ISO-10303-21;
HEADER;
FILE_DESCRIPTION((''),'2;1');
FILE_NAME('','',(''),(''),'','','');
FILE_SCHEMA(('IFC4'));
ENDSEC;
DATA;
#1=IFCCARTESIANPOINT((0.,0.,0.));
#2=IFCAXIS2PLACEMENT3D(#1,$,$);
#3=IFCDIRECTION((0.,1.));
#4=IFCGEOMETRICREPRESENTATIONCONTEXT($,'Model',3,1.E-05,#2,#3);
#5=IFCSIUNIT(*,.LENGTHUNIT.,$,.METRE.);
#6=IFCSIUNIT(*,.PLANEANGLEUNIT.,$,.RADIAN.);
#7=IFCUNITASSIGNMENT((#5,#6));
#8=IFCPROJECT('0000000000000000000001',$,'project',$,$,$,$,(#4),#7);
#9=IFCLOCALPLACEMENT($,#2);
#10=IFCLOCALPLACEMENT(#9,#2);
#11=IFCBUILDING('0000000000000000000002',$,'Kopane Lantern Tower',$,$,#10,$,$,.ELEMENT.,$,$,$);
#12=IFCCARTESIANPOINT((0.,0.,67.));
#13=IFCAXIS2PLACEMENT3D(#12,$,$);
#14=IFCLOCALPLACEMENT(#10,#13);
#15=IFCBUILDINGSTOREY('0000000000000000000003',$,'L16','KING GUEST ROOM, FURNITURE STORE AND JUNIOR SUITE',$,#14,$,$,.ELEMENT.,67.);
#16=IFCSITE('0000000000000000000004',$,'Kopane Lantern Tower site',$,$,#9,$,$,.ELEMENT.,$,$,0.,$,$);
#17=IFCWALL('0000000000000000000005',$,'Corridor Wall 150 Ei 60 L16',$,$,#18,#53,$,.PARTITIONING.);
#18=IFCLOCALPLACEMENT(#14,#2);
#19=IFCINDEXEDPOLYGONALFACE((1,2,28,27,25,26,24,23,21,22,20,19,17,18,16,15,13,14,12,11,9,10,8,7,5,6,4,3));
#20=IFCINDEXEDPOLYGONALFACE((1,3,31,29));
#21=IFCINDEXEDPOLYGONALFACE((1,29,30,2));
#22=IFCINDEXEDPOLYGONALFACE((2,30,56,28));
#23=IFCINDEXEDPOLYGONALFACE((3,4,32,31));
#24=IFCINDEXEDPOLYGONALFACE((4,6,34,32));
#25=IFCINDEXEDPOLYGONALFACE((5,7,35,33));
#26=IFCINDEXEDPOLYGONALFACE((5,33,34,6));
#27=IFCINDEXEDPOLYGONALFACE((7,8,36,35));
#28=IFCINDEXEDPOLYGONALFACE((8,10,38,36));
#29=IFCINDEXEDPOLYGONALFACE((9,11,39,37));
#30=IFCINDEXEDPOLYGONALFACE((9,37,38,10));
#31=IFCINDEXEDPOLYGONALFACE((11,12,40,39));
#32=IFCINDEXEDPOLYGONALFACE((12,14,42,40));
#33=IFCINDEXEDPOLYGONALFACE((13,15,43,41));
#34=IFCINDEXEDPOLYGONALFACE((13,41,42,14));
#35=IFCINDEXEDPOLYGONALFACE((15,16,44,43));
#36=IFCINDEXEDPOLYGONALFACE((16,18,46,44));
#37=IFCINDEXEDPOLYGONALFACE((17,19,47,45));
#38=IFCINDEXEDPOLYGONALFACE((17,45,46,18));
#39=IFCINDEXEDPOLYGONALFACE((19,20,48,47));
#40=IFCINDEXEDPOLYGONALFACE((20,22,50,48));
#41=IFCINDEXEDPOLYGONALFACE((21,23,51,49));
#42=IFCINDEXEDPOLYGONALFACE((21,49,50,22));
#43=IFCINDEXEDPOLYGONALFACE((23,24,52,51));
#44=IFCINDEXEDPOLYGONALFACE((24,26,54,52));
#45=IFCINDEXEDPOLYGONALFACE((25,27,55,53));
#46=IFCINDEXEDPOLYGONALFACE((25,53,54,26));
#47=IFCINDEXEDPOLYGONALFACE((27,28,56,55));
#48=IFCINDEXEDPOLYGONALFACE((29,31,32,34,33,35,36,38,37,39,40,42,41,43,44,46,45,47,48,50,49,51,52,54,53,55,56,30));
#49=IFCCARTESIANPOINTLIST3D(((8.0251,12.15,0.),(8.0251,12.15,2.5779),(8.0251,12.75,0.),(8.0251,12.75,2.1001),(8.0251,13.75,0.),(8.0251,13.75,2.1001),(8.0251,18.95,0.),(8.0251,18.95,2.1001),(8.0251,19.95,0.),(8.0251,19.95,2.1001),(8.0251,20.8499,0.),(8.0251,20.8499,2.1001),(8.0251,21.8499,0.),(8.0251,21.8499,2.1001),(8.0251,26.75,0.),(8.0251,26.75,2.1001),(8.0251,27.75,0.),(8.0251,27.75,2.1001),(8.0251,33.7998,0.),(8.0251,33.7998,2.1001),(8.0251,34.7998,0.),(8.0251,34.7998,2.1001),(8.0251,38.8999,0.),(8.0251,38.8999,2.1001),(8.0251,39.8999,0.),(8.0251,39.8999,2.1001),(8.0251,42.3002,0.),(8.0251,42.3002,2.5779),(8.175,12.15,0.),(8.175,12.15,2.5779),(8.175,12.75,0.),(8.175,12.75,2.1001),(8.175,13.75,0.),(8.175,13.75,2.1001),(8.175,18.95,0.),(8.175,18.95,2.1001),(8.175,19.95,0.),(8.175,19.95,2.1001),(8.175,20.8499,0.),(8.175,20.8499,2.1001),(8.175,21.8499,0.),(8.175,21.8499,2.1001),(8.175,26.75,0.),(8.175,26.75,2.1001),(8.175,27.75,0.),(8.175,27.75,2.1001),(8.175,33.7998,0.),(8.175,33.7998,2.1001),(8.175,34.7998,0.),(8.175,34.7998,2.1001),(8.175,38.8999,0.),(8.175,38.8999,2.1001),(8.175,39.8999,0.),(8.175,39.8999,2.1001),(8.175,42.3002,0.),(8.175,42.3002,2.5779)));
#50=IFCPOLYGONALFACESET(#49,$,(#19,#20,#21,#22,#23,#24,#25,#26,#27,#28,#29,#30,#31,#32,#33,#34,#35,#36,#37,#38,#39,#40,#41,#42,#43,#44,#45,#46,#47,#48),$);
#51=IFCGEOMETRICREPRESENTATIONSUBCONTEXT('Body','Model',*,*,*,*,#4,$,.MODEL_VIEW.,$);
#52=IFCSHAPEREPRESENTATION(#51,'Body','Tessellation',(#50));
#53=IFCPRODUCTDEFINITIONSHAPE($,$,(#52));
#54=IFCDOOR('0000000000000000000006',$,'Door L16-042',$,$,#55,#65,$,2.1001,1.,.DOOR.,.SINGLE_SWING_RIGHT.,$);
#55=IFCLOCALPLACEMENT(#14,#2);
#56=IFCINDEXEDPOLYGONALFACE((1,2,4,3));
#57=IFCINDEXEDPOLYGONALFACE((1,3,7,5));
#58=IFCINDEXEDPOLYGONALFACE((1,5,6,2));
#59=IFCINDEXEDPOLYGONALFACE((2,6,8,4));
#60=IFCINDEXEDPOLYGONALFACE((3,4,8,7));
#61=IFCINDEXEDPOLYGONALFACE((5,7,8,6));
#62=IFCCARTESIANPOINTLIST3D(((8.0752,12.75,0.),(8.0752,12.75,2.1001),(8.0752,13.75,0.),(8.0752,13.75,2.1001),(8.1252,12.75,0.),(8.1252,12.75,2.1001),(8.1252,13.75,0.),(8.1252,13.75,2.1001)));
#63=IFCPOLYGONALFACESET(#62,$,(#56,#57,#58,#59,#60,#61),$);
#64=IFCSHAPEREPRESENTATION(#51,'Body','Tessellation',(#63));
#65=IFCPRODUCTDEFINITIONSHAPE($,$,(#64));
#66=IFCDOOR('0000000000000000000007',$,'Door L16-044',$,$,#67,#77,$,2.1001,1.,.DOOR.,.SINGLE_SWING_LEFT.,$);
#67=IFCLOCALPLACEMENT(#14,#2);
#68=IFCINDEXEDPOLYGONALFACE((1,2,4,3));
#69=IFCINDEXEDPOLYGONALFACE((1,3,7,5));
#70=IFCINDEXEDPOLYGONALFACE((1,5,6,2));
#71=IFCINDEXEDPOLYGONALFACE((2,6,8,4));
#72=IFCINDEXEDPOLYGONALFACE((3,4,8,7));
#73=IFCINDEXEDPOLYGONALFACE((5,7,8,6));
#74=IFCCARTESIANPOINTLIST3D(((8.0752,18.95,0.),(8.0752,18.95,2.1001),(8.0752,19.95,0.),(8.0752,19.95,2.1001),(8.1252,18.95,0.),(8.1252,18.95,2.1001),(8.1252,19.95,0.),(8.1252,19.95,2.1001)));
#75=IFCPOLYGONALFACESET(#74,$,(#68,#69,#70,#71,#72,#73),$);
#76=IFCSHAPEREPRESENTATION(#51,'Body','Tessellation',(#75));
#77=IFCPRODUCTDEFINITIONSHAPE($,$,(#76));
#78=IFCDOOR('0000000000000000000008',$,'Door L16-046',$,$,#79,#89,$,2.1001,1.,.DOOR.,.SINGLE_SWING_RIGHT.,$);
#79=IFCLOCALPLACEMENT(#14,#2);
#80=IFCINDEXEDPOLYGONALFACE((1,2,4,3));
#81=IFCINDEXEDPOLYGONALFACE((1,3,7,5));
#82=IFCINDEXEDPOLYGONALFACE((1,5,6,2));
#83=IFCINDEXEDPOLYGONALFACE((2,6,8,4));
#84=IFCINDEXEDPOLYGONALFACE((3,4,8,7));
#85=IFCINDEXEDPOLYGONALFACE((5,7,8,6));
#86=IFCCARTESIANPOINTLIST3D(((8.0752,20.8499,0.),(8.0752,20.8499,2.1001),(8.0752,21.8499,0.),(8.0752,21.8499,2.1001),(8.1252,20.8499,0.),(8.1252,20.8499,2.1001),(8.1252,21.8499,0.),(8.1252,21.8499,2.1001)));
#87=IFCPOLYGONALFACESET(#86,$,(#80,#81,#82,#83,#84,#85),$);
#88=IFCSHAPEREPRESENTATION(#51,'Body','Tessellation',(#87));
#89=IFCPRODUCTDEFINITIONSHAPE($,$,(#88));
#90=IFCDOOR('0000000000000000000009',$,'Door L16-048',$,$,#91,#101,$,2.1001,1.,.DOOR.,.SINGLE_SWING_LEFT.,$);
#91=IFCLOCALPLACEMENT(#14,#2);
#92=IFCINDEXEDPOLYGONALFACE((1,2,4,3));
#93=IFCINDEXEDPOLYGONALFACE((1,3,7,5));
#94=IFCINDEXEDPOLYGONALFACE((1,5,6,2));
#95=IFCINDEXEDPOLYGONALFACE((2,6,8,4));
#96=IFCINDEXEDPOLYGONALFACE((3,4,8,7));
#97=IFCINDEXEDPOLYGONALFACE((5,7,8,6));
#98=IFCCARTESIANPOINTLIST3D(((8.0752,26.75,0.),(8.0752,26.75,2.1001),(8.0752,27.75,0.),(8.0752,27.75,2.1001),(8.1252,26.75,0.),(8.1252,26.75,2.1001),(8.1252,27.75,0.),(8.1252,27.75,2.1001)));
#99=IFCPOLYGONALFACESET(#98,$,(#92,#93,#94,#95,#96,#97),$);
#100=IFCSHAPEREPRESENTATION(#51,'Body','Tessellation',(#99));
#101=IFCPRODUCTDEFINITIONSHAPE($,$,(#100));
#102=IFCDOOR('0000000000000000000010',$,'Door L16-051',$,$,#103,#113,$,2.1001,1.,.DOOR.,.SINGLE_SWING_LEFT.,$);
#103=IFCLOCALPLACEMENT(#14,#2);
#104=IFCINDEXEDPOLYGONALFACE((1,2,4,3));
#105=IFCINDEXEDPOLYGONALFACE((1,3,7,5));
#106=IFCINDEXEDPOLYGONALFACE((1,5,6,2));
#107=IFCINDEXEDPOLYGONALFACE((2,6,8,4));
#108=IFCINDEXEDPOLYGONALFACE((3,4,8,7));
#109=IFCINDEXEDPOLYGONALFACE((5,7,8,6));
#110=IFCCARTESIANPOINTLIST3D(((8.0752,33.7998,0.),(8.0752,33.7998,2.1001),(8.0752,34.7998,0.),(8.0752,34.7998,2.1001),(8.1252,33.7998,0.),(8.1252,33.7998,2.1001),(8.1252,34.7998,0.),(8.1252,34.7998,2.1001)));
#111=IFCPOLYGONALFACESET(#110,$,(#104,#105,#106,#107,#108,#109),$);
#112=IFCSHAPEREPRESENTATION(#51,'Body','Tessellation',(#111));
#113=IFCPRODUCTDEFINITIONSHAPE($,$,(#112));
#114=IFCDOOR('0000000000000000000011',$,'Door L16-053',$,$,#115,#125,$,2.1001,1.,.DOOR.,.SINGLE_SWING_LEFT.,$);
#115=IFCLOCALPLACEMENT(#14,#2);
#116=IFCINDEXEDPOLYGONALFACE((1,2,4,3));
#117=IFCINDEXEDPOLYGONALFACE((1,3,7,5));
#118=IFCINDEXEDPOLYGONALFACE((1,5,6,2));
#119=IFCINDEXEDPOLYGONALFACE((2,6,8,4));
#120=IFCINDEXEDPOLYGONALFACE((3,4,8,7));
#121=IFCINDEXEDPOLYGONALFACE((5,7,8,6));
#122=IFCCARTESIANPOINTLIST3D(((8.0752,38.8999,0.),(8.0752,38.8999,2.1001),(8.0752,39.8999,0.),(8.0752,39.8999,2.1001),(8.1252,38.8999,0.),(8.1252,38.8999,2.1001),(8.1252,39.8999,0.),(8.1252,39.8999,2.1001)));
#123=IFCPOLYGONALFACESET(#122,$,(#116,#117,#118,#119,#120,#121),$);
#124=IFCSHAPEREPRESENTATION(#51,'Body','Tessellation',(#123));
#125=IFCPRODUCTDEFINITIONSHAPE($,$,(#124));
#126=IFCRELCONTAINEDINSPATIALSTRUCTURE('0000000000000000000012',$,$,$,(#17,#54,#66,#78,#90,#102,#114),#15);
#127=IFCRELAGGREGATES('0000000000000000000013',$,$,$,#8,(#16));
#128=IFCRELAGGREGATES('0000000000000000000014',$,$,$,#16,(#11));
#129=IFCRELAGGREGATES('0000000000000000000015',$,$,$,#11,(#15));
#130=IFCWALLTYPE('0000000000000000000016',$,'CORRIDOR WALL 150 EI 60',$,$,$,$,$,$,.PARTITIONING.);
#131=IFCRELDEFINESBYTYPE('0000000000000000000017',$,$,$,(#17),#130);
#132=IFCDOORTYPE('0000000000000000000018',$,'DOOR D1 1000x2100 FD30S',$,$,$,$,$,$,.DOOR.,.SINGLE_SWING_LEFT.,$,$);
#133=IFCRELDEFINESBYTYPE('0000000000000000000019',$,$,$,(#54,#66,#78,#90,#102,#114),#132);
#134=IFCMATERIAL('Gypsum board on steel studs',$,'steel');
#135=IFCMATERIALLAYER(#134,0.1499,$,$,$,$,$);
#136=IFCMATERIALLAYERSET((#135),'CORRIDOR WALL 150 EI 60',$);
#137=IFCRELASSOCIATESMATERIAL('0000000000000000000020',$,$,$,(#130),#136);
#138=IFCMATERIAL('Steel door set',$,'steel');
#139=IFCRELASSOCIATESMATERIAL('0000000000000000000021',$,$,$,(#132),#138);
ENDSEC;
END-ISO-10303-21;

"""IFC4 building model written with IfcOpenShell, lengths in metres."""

from ifc_helpers import new_model, si_unit, direction, frame, frame_2d, origin, place, context, subcontext, project, spatial, rectangle, extrude, material, layer, layer_set, type_object, element, fill, save


model = new_model("IFC4")

# Units and contexts
model_context = context("Model", 3, precision=1e-05, world=origin(), true_north=direction((0.0, 1.0)))
body_context = subcontext(model_context, "Body", "Model", "MODEL_VIEW")
ifc_project = project(units=[si_unit("LENGTHUNIT", "METRE"), si_unit("PLANEANGLEUNIT", "RADIAN")], contexts=[model_context])

# Site, building, storey
site_placement = place(None, origin())
site = spatial("IfcSite", under=ifc_project, at=site_placement, Name="Kopane Lantern Tower site", CompositionType="ELEMENT", RefElevation=0.0)
building_placement = place(site_placement, origin())
building = spatial("IfcBuilding", under=site, at=building_placement, Name="Kopane Lantern Tower", CompositionType="ELEMENT")
storey_placement = place(building_placement, frame((0.0, 0.0, 67.0)))
storey = spatial("IfcBuildingStorey", under=building, at=storey_placement, Name="L16", Description="KING GUEST ROOM, FURNITURE STORE AND JUNIOR SUITE", CompositionType="ELEMENT", Elevation=67.0)

# Wall, openings, doors
ifc_material_1 = material(Name="Gypsum board on steel studs", Category="steel")
ifc_layer_1 = layer(ifc_material_1, 0.1499)
ifc_layer_set_1 = layer_set([ifc_layer_1], Name="CORRIDOR WALL 150 EI 60")
wall_type_1 = type_object("IfcWallType", Name="CORRIDOR WALL 150 EI 60", PredefinedType="PARTITIONING", material=ifc_layer_set_1)
ifc_material_2 = material(Name="Steel door set", Category="steel")
door_type_1 = type_object("IfcDoorType", Name="DOOR D1 1000x2100 FD30S", OperationType="SINGLE_SWING_LEFT", PredefinedType="DOOR", material=ifc_material_2)
wall_1_placement = place(storey_placement, frame((8.1001, 12.1499, 0.0), z_axis=(0.0, 0.0, 1.0), x_axis=(0.0, 1.0, 0.0)))
wall_1 = element("IfcWall", 1, at=wall_1_placement, inside=storey, type_object=wall_type_1, Name="Corridor Wall 150 Ei 60 L16", PredefinedType="PARTITIONING", context=body_context, shape_type="SweptSolid", body=[
    extrude(rectangle(XDim=30.1501, YDim=0.1499, at=frame_2d((15.0752, 0.0))), origin(), (0.0, 0.0, 1.0), 2.5779),
])
opening_1_placement = place(wall_1_placement, frame((0.6001, 0.0, 0.0)))
opening_1 = element("IfcOpeningElement", 2, at=opening_1_placement, cuts=wall_1, PredefinedType="OPENING", context=body_context, shape_type="SweptSolid", body=[
    extrude(rectangle(XDim=1.0, YDim=2.1001, at=frame_2d((0.5, 1.05))), frame((0.0, 0.085, 0.0), z_axis=(0.0, -1.0, 0.0), x_axis=(1.0, 0.0, 0.0)), (0.0, 0.0, 1.0), 0.1699),
])
opening_2_placement = place(wall_1_placement, frame((6.8, 0.0, 0.0)))
opening_2 = element("IfcOpeningElement", 3, at=opening_2_placement, cuts=wall_1, PredefinedType="OPENING", context=body_context, shape_type="SweptSolid", body=[
    extrude(rectangle(XDim=1.0, YDim=2.1001, at=frame_2d((0.5, 1.05))), frame((0.0, 0.085, 0.0), z_axis=(0.0, -1.0, 0.0), x_axis=(1.0, 0.0, 0.0)), (0.0, 0.0, 1.0), 0.1699),
])
opening_3_placement = place(wall_1_placement, frame((8.7, 0.0, 0.0)))
opening_3 = element("IfcOpeningElement", 4, at=opening_3_placement, cuts=wall_1, PredefinedType="OPENING", context=body_context, shape_type="SweptSolid", body=[
    extrude(rectangle(XDim=1.0, YDim=2.1001, at=frame_2d((0.5, 1.05))), frame((0.0, 0.085, 0.0), z_axis=(0.0, -1.0, 0.0), x_axis=(1.0, 0.0, 0.0)), (0.0, 0.0, 1.0), 0.1699),
])
opening_4_placement = place(wall_1_placement, frame((14.6001, 0.0, 0.0)))
opening_4 = element("IfcOpeningElement", 5, at=opening_4_placement, cuts=wall_1, PredefinedType="OPENING", context=body_context, shape_type="SweptSolid", body=[
    extrude(rectangle(XDim=1.0, YDim=2.1001, at=frame_2d((0.5, 1.05))), frame((0.0, 0.085, 0.0), z_axis=(0.0, -1.0, 0.0), x_axis=(1.0, 0.0, 0.0)), (0.0, 0.0, 1.0), 0.1699),
])
opening_5_placement = place(wall_1_placement, frame((21.6499, 0.0, 0.0)))
opening_5 = element("IfcOpeningElement", 6, at=opening_5_placement, cuts=wall_1, PredefinedType="OPENING", context=body_context, shape_type="SweptSolid", body=[
    extrude(rectangle(XDim=1.0, YDim=2.1001, at=frame_2d((0.5, 1.05))), frame((0.0, 0.085, 0.0), z_axis=(0.0, -1.0, 0.0), x_axis=(1.0, 0.0, 0.0)), (0.0, 0.0, 1.0), 0.1699),
])
opening_6_placement = place(wall_1_placement, frame((26.75, 0.0, 0.0)))
opening_6 = element("IfcOpeningElement", 7, at=opening_6_placement, cuts=wall_1, PredefinedType="OPENING", context=body_context, shape_type="SweptSolid", body=[
    extrude(rectangle(XDim=1.0, YDim=2.1001, at=frame_2d((0.5, 1.05))), frame((0.0, 0.085, 0.0), z_axis=(0.0, -1.0, 0.0), x_axis=(1.0, 0.0, 0.0)), (0.0, 0.0, 1.0), 0.1699),
])
door_1_placement = place(opening_1_placement, origin())
door_1 = element("IfcDoor", 8, at=door_1_placement, inside=storey, type_object=door_type_1, Name="Door L16-042", OperationType="SINGLE_SWING_RIGHT", OverallHeight=2.1001, OverallWidth=1.0, PredefinedType="DOOR", context=body_context, shape_type="SweptSolid", body=[
    extrude(rectangle(XDim=1.0, YDim=2.1001, at=frame_2d((0.5, 1.05))), frame((0.0, 0.0249, 0.0), z_axis=(0.0, -1.0, 0.0), x_axis=(1.0, 0.0, 0.0)), (0.0, 0.0, 1.0), 0.05),
])
fill(opening_1, door_1)
door_2_placement = place(opening_2_placement, origin())
door_2 = element("IfcDoor", 9, at=door_2_placement, inside=storey, type_object=door_type_1, Name="Door L16-044", OperationType="SINGLE_SWING_LEFT", OverallHeight=2.1001, OverallWidth=1.0, PredefinedType="DOOR", context=body_context, shape_type="SweptSolid", body=[
    extrude(rectangle(XDim=1.0, YDim=2.1001, at=frame_2d((0.5, 1.05))), frame((0.0, 0.0249, 0.0), z_axis=(0.0, -1.0, 0.0), x_axis=(1.0, 0.0, 0.0)), (0.0, 0.0, 1.0), 0.05),
])
fill(opening_2, door_2)
door_3_placement = place(opening_3_placement, origin())
door_3 = element("IfcDoor", 10, at=door_3_placement, inside=storey, type_object=door_type_1, Name="Door L16-046", OperationType="SINGLE_SWING_RIGHT", OverallHeight=2.1001, OverallWidth=1.0, PredefinedType="DOOR", context=body_context, shape_type="SweptSolid", body=[
    extrude(rectangle(XDim=1.0, YDim=2.1001, at=frame_2d((0.5, 1.05))), frame((0.0, 0.0249, 0.0), z_axis=(0.0, -1.0, 0.0), x_axis=(1.0, 0.0, 0.0)), (0.0, 0.0, 1.0), 0.05),
])
fill(opening_3, door_3)
door_4_placement = place(opening_4_placement, origin())
door_4 = element("IfcDoor", 11, at=door_4_placement, inside=storey, type_object=door_type_1, Name="Door L16-048", OperationType="SINGLE_SWING_LEFT", OverallHeight=2.1001, OverallWidth=1.0, PredefinedType="DOOR", context=body_context, shape_type="SweptSolid", body=[
    extrude(rectangle(XDim=1.0, YDim=2.1001, at=frame_2d((0.5, 1.05))), frame((0.0, 0.0249, 0.0), z_axis=(0.0, -1.0, 0.0), x_axis=(1.0, 0.0, 0.0)), (0.0, 0.0, 1.0), 0.05),
])
fill(opening_4, door_4)
door_5_placement = place(opening_5_placement, origin())
door_5 = element("IfcDoor", 12, at=door_5_placement, inside=storey, type_object=door_type_1, Name="Door L16-051", OperationType="SINGLE_SWING_LEFT", OverallHeight=2.1001, OverallWidth=1.0, PredefinedType="DOOR", context=body_context, shape_type="SweptSolid", body=[
    extrude(rectangle(XDim=1.0, YDim=2.1001, at=frame_2d((0.5, 1.05))), frame((0.0, 0.0249, 0.0), z_axis=(0.0, -1.0, 0.0), x_axis=(1.0, 0.0, 0.0)), (0.0, 0.0, 1.0), 0.05),
])
fill(opening_5, door_5)
door_6_placement = place(opening_6_placement, origin())
door_6 = element("IfcDoor", 13, at=door_6_placement, inside=storey, type_object=door_type_1, Name="Door L16-053", OperationType="SINGLE_SWING_LEFT", OverallHeight=2.1001, OverallWidth=1.0, PredefinedType="DOOR", context=body_context, shape_type="SweptSolid", body=[
    extrude(rectangle(XDim=1.0, YDim=2.1001, at=frame_2d((0.5, 1.05))), frame((0.0, 0.0249, 0.0), z_axis=(0.0, -1.0, 0.0), x_axis=(1.0, 0.0, 0.0)), (0.0, 0.0, 1.0), 0.05),
])
fill(opening_6, door_6)

save(model, "model.ifc")
